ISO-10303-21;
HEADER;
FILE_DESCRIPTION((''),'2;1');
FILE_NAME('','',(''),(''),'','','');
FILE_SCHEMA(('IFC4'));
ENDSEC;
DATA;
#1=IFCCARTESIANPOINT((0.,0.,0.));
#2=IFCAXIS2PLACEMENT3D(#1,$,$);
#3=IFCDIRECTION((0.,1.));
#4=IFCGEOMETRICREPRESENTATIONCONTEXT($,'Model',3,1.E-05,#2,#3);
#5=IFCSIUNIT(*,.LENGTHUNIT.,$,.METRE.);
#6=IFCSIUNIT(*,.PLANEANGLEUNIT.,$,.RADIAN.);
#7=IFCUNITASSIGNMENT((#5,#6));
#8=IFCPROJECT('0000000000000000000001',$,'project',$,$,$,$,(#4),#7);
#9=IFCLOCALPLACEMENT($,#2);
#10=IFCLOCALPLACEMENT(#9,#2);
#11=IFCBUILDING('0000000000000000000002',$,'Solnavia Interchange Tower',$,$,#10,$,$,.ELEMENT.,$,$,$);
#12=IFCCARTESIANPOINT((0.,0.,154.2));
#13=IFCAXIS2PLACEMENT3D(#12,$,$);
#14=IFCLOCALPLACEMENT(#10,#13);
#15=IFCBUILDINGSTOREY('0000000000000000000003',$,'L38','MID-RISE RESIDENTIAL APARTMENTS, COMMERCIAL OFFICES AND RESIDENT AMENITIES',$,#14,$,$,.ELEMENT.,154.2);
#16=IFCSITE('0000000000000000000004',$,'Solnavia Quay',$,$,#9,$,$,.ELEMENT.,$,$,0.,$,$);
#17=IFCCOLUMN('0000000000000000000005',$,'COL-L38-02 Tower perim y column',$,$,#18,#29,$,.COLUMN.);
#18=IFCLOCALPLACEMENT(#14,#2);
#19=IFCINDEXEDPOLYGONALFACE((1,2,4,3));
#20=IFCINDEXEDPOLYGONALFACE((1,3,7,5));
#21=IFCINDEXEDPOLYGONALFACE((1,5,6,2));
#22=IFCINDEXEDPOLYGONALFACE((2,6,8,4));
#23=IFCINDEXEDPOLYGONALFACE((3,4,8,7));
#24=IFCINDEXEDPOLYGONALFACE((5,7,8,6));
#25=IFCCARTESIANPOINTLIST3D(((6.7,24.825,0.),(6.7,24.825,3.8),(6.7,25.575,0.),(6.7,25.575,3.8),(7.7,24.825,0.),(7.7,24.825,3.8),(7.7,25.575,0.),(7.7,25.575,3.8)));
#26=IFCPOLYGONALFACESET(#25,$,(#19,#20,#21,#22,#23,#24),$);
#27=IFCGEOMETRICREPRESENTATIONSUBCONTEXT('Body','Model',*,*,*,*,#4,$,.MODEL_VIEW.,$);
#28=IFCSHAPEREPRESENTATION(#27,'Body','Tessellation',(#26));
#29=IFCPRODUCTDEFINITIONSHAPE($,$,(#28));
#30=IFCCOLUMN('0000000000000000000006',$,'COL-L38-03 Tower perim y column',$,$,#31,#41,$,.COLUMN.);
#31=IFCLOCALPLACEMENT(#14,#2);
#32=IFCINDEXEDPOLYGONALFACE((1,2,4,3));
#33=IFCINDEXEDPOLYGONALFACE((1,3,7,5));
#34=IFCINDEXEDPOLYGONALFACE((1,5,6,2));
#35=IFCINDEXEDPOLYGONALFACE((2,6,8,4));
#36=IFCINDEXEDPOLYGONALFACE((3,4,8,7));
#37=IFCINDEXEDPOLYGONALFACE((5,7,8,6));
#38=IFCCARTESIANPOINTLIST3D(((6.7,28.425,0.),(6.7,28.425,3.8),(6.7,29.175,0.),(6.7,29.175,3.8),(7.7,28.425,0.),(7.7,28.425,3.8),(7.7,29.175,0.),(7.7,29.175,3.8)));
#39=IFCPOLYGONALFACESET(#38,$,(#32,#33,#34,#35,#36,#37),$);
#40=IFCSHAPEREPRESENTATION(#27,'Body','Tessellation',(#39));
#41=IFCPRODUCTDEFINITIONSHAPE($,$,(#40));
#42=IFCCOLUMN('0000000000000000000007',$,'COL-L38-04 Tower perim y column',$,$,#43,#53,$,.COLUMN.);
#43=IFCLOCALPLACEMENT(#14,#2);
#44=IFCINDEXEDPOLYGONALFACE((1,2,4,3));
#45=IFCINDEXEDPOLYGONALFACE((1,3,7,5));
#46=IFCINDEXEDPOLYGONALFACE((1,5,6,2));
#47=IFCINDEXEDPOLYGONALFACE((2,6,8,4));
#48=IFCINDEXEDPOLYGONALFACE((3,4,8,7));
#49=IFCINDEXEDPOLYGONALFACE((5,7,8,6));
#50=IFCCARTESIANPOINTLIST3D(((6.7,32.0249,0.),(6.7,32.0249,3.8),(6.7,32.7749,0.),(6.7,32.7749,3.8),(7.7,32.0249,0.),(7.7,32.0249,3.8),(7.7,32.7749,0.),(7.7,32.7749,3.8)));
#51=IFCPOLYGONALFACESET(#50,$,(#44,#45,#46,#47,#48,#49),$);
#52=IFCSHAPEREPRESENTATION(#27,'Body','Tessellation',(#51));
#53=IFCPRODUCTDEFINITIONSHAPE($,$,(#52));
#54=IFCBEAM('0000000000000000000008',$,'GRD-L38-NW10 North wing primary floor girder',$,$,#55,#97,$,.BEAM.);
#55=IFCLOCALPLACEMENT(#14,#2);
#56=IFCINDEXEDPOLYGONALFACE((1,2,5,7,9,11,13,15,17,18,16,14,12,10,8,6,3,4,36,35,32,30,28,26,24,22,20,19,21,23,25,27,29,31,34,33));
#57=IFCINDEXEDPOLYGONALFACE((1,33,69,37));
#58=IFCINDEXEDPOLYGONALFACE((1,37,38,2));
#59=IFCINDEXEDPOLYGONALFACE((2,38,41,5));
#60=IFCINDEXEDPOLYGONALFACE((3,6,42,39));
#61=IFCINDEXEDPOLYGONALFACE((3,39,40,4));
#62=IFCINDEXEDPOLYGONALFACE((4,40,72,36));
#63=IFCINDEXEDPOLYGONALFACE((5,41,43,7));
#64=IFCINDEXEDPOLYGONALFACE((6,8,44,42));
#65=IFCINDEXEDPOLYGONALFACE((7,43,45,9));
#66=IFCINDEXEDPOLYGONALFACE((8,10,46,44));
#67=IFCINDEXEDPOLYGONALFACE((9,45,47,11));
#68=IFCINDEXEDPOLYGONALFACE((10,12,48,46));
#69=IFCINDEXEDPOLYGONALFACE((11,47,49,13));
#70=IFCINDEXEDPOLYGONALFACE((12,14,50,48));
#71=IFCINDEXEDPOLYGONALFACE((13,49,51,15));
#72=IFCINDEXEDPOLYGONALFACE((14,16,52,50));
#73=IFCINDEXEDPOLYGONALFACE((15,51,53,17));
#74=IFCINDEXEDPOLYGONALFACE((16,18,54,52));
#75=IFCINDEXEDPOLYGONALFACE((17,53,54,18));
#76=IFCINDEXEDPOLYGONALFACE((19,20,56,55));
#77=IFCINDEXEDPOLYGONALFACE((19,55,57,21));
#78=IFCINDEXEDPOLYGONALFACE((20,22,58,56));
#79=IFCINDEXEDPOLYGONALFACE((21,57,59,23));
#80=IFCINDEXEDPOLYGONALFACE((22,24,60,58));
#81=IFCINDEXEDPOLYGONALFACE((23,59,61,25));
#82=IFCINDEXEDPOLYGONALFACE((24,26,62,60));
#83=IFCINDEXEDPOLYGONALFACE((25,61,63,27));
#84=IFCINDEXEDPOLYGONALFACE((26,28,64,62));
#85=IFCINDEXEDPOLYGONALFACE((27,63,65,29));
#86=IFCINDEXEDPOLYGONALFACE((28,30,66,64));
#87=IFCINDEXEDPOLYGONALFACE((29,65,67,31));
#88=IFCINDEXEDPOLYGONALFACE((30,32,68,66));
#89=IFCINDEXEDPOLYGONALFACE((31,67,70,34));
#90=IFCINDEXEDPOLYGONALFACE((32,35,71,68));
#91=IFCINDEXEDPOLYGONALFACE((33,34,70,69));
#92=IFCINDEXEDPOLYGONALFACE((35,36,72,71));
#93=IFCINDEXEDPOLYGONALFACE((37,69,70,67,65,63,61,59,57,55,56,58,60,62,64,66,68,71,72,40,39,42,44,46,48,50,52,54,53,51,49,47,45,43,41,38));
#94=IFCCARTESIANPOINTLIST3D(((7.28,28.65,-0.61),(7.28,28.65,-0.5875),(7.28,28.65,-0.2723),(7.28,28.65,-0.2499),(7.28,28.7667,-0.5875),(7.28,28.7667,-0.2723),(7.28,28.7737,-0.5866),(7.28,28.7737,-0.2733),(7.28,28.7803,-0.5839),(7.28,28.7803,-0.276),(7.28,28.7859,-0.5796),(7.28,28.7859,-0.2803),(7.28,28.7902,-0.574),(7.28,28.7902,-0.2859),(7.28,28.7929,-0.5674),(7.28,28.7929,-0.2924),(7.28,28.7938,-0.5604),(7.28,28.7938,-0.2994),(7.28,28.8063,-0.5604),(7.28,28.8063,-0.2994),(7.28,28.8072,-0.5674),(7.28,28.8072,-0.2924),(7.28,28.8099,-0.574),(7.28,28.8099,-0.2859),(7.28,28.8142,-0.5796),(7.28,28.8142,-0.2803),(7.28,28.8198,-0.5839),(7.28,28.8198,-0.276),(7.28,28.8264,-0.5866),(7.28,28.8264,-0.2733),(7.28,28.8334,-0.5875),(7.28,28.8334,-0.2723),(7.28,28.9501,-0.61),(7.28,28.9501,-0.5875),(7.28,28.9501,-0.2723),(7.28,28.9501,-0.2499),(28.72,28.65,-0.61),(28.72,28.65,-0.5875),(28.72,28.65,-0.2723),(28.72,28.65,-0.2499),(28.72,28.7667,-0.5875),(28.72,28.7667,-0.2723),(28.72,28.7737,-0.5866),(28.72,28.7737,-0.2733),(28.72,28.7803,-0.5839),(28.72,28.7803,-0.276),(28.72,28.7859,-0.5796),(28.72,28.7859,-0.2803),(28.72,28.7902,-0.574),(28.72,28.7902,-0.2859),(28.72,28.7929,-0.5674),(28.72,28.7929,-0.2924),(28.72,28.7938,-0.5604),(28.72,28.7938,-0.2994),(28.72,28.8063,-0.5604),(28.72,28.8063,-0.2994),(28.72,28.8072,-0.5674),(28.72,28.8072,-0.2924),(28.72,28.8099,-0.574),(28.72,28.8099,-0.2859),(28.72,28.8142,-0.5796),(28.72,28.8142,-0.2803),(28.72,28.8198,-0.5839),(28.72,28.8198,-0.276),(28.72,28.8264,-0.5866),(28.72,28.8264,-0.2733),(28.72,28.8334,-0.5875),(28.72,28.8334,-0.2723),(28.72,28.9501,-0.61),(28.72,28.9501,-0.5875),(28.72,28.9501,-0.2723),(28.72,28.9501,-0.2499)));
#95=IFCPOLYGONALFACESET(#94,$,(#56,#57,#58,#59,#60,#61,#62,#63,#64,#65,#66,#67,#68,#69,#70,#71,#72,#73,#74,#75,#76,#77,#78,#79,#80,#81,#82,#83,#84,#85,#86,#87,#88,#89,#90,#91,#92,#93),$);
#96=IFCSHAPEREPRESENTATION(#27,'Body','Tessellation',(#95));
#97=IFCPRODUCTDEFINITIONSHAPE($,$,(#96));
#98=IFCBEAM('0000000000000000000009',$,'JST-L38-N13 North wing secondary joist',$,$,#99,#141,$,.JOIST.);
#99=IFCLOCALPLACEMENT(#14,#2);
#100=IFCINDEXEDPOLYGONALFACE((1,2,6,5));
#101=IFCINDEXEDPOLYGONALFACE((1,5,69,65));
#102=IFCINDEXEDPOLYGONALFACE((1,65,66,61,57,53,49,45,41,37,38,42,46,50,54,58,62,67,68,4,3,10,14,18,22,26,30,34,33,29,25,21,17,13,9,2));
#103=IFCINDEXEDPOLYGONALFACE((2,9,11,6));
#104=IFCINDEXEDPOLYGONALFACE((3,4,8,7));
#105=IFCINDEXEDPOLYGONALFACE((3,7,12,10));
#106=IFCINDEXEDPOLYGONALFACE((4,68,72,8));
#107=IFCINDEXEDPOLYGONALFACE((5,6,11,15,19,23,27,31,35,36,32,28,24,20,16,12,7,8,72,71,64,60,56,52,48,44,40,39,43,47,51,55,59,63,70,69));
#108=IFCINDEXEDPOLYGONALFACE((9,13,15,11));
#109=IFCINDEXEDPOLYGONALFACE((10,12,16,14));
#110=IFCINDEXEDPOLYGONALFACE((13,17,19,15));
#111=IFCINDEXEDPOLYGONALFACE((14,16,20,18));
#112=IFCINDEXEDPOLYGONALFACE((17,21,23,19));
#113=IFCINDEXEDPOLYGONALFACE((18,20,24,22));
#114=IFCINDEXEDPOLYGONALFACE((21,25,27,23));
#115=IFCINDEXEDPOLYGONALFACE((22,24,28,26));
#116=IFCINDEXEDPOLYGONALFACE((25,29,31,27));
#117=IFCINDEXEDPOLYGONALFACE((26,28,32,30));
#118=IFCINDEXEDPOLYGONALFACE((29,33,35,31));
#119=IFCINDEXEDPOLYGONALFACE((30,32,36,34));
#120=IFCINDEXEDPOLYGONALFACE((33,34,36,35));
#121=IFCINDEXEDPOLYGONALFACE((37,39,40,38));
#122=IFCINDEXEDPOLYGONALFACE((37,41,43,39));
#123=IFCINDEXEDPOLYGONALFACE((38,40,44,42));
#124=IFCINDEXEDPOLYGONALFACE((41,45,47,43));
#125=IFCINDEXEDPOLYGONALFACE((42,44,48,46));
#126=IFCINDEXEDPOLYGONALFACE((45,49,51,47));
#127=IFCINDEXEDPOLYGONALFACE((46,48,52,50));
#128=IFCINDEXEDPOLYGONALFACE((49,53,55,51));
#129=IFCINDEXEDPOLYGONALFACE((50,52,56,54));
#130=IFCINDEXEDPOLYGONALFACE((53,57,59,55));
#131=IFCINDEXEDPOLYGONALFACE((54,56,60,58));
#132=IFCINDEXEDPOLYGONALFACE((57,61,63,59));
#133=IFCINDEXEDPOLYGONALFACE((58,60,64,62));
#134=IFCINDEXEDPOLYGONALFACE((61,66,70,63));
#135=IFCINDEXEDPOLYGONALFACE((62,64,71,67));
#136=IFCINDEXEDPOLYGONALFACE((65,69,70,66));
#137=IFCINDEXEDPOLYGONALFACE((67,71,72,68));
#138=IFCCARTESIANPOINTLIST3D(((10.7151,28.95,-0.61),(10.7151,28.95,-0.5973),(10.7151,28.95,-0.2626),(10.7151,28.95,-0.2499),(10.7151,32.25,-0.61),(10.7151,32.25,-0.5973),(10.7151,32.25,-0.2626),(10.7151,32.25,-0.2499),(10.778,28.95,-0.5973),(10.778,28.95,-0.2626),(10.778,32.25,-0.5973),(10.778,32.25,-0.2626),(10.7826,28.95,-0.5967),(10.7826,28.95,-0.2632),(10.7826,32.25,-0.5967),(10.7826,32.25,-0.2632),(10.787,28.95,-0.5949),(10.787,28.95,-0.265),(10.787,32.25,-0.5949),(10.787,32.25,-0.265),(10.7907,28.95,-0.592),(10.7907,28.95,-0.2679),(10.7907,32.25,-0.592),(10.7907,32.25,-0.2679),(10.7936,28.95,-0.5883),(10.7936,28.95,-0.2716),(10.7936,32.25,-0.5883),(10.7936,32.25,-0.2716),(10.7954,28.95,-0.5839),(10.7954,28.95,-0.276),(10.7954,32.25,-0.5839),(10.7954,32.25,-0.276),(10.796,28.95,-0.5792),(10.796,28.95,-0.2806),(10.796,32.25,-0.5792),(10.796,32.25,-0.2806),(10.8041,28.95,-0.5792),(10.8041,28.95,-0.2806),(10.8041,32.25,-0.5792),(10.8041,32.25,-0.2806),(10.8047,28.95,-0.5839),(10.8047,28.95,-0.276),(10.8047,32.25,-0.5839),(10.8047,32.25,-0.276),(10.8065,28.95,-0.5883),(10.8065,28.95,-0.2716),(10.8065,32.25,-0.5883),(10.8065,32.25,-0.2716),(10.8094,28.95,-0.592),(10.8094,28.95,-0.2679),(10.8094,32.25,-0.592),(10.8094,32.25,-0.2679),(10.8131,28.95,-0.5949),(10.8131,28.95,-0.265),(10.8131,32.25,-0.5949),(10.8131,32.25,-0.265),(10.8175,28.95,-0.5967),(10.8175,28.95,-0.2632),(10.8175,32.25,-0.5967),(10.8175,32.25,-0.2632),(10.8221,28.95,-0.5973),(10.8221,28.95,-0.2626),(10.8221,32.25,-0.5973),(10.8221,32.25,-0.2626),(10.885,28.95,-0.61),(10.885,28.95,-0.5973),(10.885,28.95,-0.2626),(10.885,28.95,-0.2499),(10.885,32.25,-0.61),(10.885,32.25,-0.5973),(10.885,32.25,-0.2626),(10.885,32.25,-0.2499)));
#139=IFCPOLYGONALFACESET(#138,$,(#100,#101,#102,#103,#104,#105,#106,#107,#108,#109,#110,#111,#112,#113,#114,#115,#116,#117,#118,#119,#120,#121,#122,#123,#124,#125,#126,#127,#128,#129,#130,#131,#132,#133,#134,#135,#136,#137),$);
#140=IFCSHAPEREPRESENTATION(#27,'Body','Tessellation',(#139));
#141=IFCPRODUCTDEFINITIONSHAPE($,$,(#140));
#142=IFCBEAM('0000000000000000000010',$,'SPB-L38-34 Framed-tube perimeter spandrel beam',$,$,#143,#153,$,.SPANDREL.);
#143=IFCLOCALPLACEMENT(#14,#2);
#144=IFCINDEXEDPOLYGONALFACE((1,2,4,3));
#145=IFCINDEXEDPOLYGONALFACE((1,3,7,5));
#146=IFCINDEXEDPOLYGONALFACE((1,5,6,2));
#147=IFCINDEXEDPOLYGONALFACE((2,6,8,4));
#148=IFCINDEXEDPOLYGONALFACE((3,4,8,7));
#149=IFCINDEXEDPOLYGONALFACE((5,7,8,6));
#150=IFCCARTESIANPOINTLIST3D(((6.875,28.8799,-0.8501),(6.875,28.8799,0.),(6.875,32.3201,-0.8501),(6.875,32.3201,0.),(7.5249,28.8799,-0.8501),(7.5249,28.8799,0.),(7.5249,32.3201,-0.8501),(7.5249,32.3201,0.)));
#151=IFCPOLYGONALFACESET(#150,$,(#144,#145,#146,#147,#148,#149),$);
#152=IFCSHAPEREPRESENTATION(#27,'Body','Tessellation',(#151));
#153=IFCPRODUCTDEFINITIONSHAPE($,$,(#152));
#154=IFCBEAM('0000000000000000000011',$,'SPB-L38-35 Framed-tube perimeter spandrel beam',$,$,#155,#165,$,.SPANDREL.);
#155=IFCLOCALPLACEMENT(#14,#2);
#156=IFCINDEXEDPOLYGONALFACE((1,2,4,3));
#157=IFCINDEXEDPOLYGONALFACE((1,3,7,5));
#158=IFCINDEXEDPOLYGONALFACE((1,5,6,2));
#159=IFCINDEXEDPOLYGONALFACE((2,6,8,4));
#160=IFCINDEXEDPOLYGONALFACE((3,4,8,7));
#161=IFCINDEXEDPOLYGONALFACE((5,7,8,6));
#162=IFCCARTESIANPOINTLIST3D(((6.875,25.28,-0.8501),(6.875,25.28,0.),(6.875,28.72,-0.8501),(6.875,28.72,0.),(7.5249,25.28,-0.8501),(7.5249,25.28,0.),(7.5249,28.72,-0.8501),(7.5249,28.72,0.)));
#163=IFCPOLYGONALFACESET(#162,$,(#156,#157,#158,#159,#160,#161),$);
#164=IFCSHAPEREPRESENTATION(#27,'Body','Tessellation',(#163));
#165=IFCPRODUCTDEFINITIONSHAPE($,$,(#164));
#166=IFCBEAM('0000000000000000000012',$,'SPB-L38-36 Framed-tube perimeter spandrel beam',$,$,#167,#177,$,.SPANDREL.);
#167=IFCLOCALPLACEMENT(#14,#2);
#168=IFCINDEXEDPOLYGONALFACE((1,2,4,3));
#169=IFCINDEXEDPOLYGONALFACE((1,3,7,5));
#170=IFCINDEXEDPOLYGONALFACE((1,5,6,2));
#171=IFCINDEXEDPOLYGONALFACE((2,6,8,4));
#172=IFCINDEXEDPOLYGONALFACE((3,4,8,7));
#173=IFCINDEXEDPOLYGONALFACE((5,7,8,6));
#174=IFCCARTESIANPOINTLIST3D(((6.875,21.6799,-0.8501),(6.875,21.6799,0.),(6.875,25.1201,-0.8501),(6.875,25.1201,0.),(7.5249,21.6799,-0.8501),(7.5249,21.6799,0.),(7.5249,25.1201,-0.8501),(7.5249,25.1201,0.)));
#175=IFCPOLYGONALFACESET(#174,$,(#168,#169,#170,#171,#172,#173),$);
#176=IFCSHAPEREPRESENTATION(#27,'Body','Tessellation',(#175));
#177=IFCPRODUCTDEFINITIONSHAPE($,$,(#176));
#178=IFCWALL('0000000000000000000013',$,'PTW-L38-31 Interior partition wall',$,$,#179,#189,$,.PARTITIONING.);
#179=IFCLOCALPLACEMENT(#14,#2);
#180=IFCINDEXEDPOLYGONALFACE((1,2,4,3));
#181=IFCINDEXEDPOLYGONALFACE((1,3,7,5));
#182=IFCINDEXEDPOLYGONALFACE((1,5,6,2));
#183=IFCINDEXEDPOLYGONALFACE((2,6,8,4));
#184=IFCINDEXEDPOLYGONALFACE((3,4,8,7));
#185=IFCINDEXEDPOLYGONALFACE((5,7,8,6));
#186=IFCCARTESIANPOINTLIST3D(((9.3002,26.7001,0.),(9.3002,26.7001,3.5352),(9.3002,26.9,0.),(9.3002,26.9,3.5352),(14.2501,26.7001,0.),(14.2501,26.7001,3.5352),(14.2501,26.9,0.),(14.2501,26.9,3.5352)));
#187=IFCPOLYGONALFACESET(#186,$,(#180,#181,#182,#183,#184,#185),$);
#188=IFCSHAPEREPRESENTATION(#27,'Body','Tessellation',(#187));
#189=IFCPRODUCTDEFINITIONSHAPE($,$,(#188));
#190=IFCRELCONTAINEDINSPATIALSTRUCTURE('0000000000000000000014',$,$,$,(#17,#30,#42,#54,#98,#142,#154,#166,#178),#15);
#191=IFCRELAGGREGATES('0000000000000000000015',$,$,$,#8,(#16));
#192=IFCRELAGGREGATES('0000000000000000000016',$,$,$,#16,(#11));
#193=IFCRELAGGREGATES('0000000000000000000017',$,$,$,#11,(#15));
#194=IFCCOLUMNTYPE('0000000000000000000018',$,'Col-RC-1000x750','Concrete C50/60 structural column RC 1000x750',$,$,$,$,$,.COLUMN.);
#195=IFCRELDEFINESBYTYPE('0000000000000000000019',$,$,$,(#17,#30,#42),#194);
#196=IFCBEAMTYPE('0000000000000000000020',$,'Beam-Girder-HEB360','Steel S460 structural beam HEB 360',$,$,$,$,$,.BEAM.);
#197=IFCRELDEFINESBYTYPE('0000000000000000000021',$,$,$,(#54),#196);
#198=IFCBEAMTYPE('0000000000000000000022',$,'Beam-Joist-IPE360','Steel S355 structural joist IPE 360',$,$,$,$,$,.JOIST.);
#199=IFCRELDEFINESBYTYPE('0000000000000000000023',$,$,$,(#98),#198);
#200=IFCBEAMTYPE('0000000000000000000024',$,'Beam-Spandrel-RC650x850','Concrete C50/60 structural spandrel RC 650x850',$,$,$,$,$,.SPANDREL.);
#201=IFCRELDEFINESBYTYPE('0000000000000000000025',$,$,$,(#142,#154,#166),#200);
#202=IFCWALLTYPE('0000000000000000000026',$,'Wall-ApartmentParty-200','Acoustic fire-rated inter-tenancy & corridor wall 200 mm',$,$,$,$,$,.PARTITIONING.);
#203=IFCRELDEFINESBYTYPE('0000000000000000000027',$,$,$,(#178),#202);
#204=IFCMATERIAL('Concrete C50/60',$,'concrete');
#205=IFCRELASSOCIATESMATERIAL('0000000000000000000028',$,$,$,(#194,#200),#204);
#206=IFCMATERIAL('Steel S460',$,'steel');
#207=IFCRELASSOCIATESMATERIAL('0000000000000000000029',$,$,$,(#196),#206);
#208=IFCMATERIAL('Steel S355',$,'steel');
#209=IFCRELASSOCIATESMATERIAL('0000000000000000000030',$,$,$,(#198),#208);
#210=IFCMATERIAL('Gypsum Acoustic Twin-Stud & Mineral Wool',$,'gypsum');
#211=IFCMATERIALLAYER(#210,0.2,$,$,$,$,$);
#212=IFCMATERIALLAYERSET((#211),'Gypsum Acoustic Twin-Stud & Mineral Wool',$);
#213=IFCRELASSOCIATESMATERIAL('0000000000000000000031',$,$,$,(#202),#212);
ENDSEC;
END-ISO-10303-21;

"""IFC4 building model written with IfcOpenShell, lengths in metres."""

from ifc_helpers import new_model, si_unit, direction, frame, frame_2d, origin, origin_2d, place, context, subcontext, project, spatial, rectangle, i_section, extrude, material, layer, layer_set, material_profile, profile_set, type_object, element, save


model = new_model("IFC4")

# Units and contexts
model_context = context("Model", 3, precision=1e-05, world=origin(), true_north=direction((0.0, 1.0)))
body_context = subcontext(model_context, "Body", "Model", "MODEL_VIEW")
ifc_project = project(units=[si_unit("LENGTHUNIT", "METRE"), si_unit("PLANEANGLEUNIT", "RADIAN")], contexts=[model_context])

# Site, building, storey
site_placement = place(None, origin())
site = spatial("IfcSite", under=ifc_project, at=site_placement, Name="Solnavia Quay", CompositionType="ELEMENT", RefElevation=0.0)
building_placement = place(site_placement, origin())
building = spatial("IfcBuilding", under=site, at=building_placement, Name="Solnavia Interchange Tower", CompositionType="ELEMENT")
storey_placement = place(building_placement, frame((0.0, 0.0, 154.2)))
storey = spatial("IfcBuildingStorey", under=building, at=storey_placement, Name="L38", Description="MID-RISE RESIDENTIAL APARTMENTS, COMMERCIAL OFFICES AND RESIDENT AMENITIES", CompositionType="ELEMENT", Elevation=154.2)

# Columns
ifc_material_1 = material(Name="Concrete C50/60", Category="concrete")
ifc_material_profile_1 = material_profile(ifc_material_1, rectangle(XDim=0.75, YDim=1.0, at=origin_2d()), Name="RC 1000x750")
ifc_profile_set_1 = profile_set([ifc_material_profile_1], Name="Concrete C50/60")
column_type = type_object("IfcColumnType", Name="Col-RC-1000x750", Description="Concrete C50/60 structural column RC 1000x750", PredefinedType="COLUMN", material=ifc_profile_set_1)
for number, where, z_axis, x_axis, name in (
    (1, (7.2, 25.2, 0.0), (0.0, 0.0, 1.0), (0.0, 1.0, 0.0), "COL-L38-02 Tower perim y column"),
    (2, (7.2, 28.8, 0.0), (0.0, 0.0, 1.0), (0.0, 1.0, 0.0), "COL-L38-03 Tower perim y column"),
    (3, (7.2, 32.3999, 0.0), (0.0, 0.0, 1.0), (0.0, 1.0, 0.0), "COL-L38-04 Tower perim y column"),
):
    element("IfcColumn", number, at=place(storey_placement, frame(where, z_axis=z_axis, x_axis=x_axis)), inside=storey, type_object=column_type, Name=name, PredefinedType="COLUMN", context=body_context, shape_type="SweptSolid", body=[
        extrude(rectangle(XDim=0.75, YDim=1.0, at=origin_2d()), origin(), (0.0, 0.0, 1.0), 3.8),
    ])

# Beams
ifc_material_2 = material(Name="Steel S460", Category="steel")
ifc_material_profile_2 = material_profile(ifc_material_2, i_section(OverallWidth=0.3, OverallDepth=0.3601, WebThickness=0.0125, FlangeThickness=0.0225, FilletRadius=0.0271, at=origin_2d()), Name="HEB 360")
ifc_profile_set_2 = profile_set([ifc_material_profile_2], Name="Steel S460")
beam_type_1 = type_object("IfcBeamType", Name="Beam-Girder-HEB360", Description="Steel S460 structural beam HEB 360", PredefinedType="BEAM", material=ifc_profile_set_2)
beam_1_placement = place(storey_placement, frame((7.28, 28.8, -0.4299), z_axis=(1.0, 0.0, 0.0), x_axis=(0.0, 1.0, 0.0)))
element("IfcBeam", 4, at=beam_1_placement, inside=storey, type_object=beam_type_1, Name="GRD-L38-NW10 North wing primary floor girder", PredefinedType="BEAM", context=body_context, shape_type="SweptSolid", body=[
    extrude(i_section(OverallWidth=0.3, OverallDepth=0.3601, WebThickness=0.0125, FlangeThickness=0.0225, FilletRadius=0.0271, at=origin_2d()), origin(), (0.0, 0.0, 1.0), 21.4399),
])
ifc_material_3 = material(Name="Steel S355", Category="steel")
ifc_material_profile_3 = material_profile(ifc_material_3, i_section(OverallWidth=0.1699, OverallDepth=0.3601, WebThickness=0.0081, FlangeThickness=0.0127, FilletRadius=0.0181, at=origin_2d()), Name="IPE 360")
ifc_profile_set_3 = profile_set([ifc_material_profile_3], Name="Steel S355")
beam_type_2 = type_object("IfcBeamType", Name="Beam-Joist-IPE360", Description="Steel S355 structural joist IPE 360", PredefinedType="JOIST", material=ifc_profile_set_3)
beam_2_placement = place(storey_placement, frame((10.8, 28.95, -0.4299), z_axis=(0.0, 1.0, 0.0), x_axis=(-1.0, 0.0, 0.0)))
element("IfcBeam", 5, at=beam_2_placement, inside=storey, type_object=beam_type_2, Name="JST-L38-N13 North wing secondary joist", PredefinedType="JOIST", context=body_context, shape_type="SweptSolid", body=[
    extrude(i_section(OverallWidth=0.1699, OverallDepth=0.3601, WebThickness=0.0081, FlangeThickness=0.0127, FilletRadius=0.0181, at=origin_2d()), origin(), (0.0, 0.0, 1.0), 3.3),
])
ifc_material_profile_4 = material_profile(ifc_material_1, rectangle(XDim=0.6499, YDim=0.8501, at=origin_2d()), Name="RC 650x850")
ifc_profile_set_4 = profile_set([ifc_material_profile_4], Name="Concrete C50/60")
beam_type_3 = type_object("IfcBeamType", Name="Beam-Spandrel-RC650x850", Description="Concrete C50/60 structural spandrel RC 650x850", PredefinedType="SPANDREL", material=ifc_profile_set_4)
beam_3_placement = place(storey_placement, frame((7.2, 32.3201, -0.425), z_axis=(0.0, -1.0, 0.0), x_axis=(1.0, 0.0, 0.0)))
element("IfcBeam", 6, at=beam_3_placement, inside=storey, type_object=beam_type_3, Name="SPB-L38-34 Framed-tube perimeter spandrel beam", PredefinedType="SPANDREL", context=body_context, shape_type="SweptSolid", body=[
    extrude(rectangle(XDim=0.6499, YDim=0.8501, at=origin_2d()), origin(), (0.0, 0.0, 1.0), 3.4402),
])
beam_4_placement = place(storey_placement, frame((7.2, 28.72, -0.425), z_axis=(0.0, -1.0, 0.0), x_axis=(1.0, 0.0, 0.0)))
element("IfcBeam", 7, at=beam_4_placement, inside=storey, type_object=beam_type_3, Name="SPB-L38-35 Framed-tube perimeter spandrel beam", PredefinedType="SPANDREL", context=body_context, shape_type="SweptSolid", body=[
    extrude(rectangle(XDim=0.6499, YDim=0.8501, at=origin_2d()), origin(), (0.0, 0.0, 1.0), 3.4399),
])
beam_5_placement = place(storey_placement, frame((7.2, 25.1201, -0.425), z_axis=(0.0, -1.0, 0.0), x_axis=(1.0, 0.0, 0.0)))
element("IfcBeam", 8, at=beam_5_placement, inside=storey, type_object=beam_type_3, Name="SPB-L38-36 Framed-tube perimeter spandrel beam", PredefinedType="SPANDREL", context=body_context, shape_type="SweptSolid", body=[
    extrude(rectangle(XDim=0.6499, YDim=0.8501, at=origin_2d()), origin(), (0.0, 0.0, 1.0), 3.4402),
])

# Wall
ifc_material_4 = material(Name="Gypsum Acoustic Twin-Stud & Mineral Wool", Category="gypsum")
ifc_layer_1 = layer(ifc_material_4, 0.2)
ifc_layer_set_1 = layer_set([ifc_layer_1], Name="Gypsum Acoustic Twin-Stud & Mineral Wool")
wall_type_1 = type_object("IfcWallType", Name="Wall-ApartmentParty-200", Description="Acoustic fire-rated inter-tenancy & corridor wall 200 mm", PredefinedType="PARTITIONING", material=ifc_layer_set_1)
wall_1_placement = place(storey_placement, frame((9.3, 26.8, 0.0), z_axis=(0.0, 0.0, 1.0), x_axis=(1.0, 0.0, 0.0)))
element("IfcWall", 9, at=wall_1_placement, inside=storey, type_object=wall_type_1, Name="PTW-L38-31 Interior partition wall", PredefinedType="PARTITIONING", context=body_context, shape_type="SweptSolid", body=[
    extrude(rectangle(XDim=4.95, YDim=0.2, at=frame_2d((2.4751, 0.0))), origin(), (0.0, 0.0, 1.0), 3.5352),
])

save(model, "model.ifc")
